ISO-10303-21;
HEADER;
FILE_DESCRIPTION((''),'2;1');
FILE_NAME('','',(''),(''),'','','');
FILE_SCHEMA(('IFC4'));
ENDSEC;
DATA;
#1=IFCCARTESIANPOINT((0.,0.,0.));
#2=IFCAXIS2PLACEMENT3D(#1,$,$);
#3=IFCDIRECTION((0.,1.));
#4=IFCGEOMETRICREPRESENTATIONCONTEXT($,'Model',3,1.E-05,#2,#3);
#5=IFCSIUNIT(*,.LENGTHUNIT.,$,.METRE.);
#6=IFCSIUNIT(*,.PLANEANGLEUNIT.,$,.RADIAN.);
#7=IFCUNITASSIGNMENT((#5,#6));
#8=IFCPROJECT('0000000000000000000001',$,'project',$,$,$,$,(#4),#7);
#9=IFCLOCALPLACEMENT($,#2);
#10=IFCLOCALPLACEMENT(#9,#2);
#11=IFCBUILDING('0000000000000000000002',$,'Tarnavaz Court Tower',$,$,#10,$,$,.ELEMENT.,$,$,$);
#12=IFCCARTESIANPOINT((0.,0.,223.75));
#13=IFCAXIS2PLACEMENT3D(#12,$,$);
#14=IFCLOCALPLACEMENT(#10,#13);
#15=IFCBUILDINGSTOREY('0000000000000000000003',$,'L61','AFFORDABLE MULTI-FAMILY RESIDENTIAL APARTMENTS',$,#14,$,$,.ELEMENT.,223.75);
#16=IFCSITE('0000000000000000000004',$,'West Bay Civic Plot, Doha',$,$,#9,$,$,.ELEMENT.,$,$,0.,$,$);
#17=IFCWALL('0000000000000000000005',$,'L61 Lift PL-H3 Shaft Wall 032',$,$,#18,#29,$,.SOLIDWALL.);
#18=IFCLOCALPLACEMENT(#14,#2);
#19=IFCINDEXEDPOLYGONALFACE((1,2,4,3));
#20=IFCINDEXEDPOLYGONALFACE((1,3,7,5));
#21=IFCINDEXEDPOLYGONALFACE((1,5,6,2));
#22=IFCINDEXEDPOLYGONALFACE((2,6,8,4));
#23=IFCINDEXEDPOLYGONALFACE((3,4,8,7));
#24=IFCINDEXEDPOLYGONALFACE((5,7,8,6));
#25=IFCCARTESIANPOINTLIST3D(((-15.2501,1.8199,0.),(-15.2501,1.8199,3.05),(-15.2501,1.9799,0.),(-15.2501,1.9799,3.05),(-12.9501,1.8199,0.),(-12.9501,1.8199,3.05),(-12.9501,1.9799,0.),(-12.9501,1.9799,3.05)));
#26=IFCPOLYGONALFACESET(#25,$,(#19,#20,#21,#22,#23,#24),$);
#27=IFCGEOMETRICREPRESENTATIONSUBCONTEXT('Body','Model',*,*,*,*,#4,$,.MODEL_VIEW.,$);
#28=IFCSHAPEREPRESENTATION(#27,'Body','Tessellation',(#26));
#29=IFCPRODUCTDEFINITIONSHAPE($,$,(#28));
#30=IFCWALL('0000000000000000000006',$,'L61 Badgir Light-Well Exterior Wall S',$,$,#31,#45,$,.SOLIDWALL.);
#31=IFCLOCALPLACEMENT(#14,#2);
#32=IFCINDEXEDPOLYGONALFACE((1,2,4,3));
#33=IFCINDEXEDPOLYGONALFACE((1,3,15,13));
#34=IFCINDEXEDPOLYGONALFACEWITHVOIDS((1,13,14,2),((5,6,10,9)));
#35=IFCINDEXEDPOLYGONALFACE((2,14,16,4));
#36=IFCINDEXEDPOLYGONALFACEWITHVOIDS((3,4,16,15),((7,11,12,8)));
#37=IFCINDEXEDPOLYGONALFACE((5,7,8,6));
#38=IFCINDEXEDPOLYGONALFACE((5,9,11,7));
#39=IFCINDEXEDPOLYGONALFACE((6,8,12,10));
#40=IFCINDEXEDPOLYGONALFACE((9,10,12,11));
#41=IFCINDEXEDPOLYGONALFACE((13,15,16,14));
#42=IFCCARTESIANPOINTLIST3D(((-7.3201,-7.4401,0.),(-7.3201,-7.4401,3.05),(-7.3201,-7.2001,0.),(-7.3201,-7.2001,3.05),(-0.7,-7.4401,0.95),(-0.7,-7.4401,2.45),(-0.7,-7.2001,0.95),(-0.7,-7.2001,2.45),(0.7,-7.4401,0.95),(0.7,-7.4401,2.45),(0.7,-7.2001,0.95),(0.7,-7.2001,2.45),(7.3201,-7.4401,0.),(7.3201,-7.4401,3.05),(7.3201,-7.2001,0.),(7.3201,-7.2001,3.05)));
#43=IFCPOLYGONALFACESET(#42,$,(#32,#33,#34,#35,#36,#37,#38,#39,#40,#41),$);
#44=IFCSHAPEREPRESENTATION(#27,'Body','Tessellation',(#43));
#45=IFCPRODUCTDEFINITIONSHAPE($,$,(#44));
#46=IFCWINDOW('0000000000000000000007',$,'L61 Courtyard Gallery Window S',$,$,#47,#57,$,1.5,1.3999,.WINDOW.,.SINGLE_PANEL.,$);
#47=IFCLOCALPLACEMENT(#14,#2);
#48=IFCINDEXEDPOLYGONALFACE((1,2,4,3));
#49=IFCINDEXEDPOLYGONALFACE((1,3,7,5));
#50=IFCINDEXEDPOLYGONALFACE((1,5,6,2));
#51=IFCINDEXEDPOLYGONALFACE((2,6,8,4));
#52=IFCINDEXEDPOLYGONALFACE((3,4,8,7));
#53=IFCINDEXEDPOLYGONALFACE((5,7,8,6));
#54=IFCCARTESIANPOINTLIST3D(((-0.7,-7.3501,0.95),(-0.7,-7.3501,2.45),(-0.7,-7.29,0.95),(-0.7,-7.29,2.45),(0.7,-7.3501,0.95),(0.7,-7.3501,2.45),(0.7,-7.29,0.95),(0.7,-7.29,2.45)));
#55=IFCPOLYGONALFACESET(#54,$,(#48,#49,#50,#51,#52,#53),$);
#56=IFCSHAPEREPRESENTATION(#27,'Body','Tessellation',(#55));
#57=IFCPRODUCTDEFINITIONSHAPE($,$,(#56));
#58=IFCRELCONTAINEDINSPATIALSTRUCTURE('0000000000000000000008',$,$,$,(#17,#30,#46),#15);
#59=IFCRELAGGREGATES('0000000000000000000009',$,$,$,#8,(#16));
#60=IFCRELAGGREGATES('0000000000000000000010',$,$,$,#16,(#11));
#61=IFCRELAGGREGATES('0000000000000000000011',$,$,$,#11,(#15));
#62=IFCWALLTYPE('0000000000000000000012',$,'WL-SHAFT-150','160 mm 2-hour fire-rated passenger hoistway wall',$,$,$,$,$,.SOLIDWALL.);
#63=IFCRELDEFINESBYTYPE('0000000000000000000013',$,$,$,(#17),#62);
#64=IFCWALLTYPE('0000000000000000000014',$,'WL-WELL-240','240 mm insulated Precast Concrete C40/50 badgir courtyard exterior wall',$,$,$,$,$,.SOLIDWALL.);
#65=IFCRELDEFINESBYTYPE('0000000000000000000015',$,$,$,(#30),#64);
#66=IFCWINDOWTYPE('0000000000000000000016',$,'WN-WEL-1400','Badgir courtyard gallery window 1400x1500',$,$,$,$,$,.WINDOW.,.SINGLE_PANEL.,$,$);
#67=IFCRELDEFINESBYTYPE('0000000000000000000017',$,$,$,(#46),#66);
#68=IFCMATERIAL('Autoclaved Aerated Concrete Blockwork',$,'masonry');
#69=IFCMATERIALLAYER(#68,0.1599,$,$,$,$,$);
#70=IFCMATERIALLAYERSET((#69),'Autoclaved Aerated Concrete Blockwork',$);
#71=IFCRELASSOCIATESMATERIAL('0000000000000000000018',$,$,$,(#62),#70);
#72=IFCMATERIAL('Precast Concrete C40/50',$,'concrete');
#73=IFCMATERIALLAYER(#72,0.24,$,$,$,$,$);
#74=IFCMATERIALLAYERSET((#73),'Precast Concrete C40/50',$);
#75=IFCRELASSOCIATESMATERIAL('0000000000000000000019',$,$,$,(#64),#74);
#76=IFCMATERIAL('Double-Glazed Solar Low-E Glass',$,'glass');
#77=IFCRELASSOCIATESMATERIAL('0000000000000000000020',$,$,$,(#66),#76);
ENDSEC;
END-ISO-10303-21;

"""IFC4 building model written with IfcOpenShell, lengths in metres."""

from ifc_helpers import new_model, si_unit, direction, frame, frame_2d, origin, place, context, subcontext, project, spatial, rectangle, extrude, material, layer, layer_set, type_object, element, fill, save


model = new_model("IFC4")

# Units and contexts
model_context = context("Model", 3, precision=1e-05, world=origin(), true_north=direction((0.0, 1.0)))
body_context = subcontext(model_context, "Body", "Model", "MODEL_VIEW")
ifc_project = project(units=[si_unit("LENGTHUNIT", "METRE"), si_unit("PLANEANGLEUNIT", "RADIAN")], contexts=[model_context])

# Site, building, storey
site_placement = place(None, origin())
site = spatial("IfcSite", under=ifc_project, at=site_placement, Name="West Bay Civic Plot, Doha", CompositionType="ELEMENT", RefElevation=0.0)
building_placement = place(site_placement, origin())
building = spatial("IfcBuilding", under=site, at=building_placement, Name="Tarnavaz Court Tower", CompositionType="ELEMENT")
storey_placement = place(building_placement, frame((0.0, 0.0, 223.75)))
storey = spatial("IfcBuildingStorey", under=building, at=storey_placement, Name="L61", Description="AFFORDABLE MULTI-FAMILY RESIDENTIAL APARTMENTS", CompositionType="ELEMENT", Elevation=223.75)

# Shared definitions
ifc_material_1 = material(Name="Autoclaved Aerated Concrete Blockwork", Category="masonry")
ifc_layer_1 = layer(ifc_material_1, 0.1599)
ifc_layer_set_1 = layer_set([ifc_layer_1], Name="Autoclaved Aerated Concrete Blockwork")
wall_type_1 = type_object("IfcWallType", Name="WL-SHAFT-150", Description="160 mm 2-hour fire-rated passenger hoistway wall", PredefinedType="SOLIDWALL", material=ifc_layer_set_1)

# Wall
for number, where, z_axis, x_axis, name in (
    (1, (-15.25, 1.8999, 0.0), (0.0, 0.0, 1.0), (1.0, 0.0, 0.0), "L61 Lift PL-H3 Shaft Wall 032"),
):
    element("IfcWall", number, at=place(storey_placement, frame(where, z_axis=z_axis, x_axis=x_axis)), inside=storey, type_object=wall_type_1, Name=name, PredefinedType="SOLIDWALL", context=body_context, shape_type="SweptSolid", body=[
        extrude(rectangle(XDim=2.3, YDim=0.1599, at=frame_2d((1.1499, 0.0))), origin(), (0.0, 0.0, 1.0), 3.05),
    ])

# Wall, opening, window
ifc_material_2 = material(Name="Precast Concrete C40/50", Category="concrete")
ifc_layer_2 = layer(ifc_material_2, 0.24)
ifc_layer_set_2 = layer_set([ifc_layer_2], Name="Precast Concrete C40/50")
wall_type_2 = type_object("IfcWallType", Name="WL-WELL-240", Description="240 mm insulated Precast Concrete C40/50 badgir courtyard exterior wall", PredefinedType="SOLIDWALL", material=ifc_layer_set_2)
wall_1_placement = place(storey_placement, frame((-7.3201, -7.3201, 0.0), z_axis=(0.0, 0.0, 1.0), x_axis=(1.0, 0.0, 0.0)))
wall_1 = element("IfcWall", 2, at=wall_1_placement, inside=storey, type_object=wall_type_2, Name="L61 Badgir Light-Well Exterior Wall S", PredefinedType="SOLIDWALL", context=body_context, shape_type="SweptSolid", body=[
    extrude(rectangle(XDim=14.6401, YDim=0.24, at=frame_2d((7.3201, 0.0))), origin(), (0.0, 0.0, 1.0), 3.05),
])
opening_1_placement = place(wall_1_placement, frame((6.6201, 0.0, 0.95)))
opening_1 = element("IfcOpeningElement", 3, at=opening_1_placement, cuts=wall_1, PredefinedType="OPENING", context=body_context, shape_type="SweptSolid", body=[
    extrude(rectangle(XDim=1.3999, YDim=1.5, at=frame_2d((0.7, 0.75))), frame((0.0, 0.1299, 0.0), z_axis=(0.0, -1.0, 0.0), x_axis=(1.0, 0.0, 0.0)), (0.0, 0.0, 1.0), 0.26),
])
ifc_material_3 = material(Name="Double-Glazed Solar Low-E Glass", Category="glass")
window_type = type_object("IfcWindowType", Name="WN-WEL-1400", Description="Badgir courtyard gallery window 1400x1500", PartitioningType="SINGLE_PANEL", PredefinedType="WINDOW", material=ifc_material_3)
window_placement = place(opening_1_placement, origin())
window = element("IfcWindow", 4, at=window_placement, inside=storey, type_object=window_type, Name="L61 Courtyard Gallery Window S", OverallHeight=1.5, OverallWidth=1.3999, PartitioningType="SINGLE_PANEL", PredefinedType="WINDOW", context=body_context, shape_type="SweptSolid", body=[
    extrude(rectangle(XDim=1.3999, YDim=1.5, at=frame_2d((0.7, 0.75))), frame((0.0, 0.03, 0.0), z_axis=(0.0, -1.0, 0.0), x_axis=(1.0, 0.0, 0.0)), (0.0, 0.0, 1.0), 0.0601),
])
fill(opening_1, window)

save(model, "model.ifc")
